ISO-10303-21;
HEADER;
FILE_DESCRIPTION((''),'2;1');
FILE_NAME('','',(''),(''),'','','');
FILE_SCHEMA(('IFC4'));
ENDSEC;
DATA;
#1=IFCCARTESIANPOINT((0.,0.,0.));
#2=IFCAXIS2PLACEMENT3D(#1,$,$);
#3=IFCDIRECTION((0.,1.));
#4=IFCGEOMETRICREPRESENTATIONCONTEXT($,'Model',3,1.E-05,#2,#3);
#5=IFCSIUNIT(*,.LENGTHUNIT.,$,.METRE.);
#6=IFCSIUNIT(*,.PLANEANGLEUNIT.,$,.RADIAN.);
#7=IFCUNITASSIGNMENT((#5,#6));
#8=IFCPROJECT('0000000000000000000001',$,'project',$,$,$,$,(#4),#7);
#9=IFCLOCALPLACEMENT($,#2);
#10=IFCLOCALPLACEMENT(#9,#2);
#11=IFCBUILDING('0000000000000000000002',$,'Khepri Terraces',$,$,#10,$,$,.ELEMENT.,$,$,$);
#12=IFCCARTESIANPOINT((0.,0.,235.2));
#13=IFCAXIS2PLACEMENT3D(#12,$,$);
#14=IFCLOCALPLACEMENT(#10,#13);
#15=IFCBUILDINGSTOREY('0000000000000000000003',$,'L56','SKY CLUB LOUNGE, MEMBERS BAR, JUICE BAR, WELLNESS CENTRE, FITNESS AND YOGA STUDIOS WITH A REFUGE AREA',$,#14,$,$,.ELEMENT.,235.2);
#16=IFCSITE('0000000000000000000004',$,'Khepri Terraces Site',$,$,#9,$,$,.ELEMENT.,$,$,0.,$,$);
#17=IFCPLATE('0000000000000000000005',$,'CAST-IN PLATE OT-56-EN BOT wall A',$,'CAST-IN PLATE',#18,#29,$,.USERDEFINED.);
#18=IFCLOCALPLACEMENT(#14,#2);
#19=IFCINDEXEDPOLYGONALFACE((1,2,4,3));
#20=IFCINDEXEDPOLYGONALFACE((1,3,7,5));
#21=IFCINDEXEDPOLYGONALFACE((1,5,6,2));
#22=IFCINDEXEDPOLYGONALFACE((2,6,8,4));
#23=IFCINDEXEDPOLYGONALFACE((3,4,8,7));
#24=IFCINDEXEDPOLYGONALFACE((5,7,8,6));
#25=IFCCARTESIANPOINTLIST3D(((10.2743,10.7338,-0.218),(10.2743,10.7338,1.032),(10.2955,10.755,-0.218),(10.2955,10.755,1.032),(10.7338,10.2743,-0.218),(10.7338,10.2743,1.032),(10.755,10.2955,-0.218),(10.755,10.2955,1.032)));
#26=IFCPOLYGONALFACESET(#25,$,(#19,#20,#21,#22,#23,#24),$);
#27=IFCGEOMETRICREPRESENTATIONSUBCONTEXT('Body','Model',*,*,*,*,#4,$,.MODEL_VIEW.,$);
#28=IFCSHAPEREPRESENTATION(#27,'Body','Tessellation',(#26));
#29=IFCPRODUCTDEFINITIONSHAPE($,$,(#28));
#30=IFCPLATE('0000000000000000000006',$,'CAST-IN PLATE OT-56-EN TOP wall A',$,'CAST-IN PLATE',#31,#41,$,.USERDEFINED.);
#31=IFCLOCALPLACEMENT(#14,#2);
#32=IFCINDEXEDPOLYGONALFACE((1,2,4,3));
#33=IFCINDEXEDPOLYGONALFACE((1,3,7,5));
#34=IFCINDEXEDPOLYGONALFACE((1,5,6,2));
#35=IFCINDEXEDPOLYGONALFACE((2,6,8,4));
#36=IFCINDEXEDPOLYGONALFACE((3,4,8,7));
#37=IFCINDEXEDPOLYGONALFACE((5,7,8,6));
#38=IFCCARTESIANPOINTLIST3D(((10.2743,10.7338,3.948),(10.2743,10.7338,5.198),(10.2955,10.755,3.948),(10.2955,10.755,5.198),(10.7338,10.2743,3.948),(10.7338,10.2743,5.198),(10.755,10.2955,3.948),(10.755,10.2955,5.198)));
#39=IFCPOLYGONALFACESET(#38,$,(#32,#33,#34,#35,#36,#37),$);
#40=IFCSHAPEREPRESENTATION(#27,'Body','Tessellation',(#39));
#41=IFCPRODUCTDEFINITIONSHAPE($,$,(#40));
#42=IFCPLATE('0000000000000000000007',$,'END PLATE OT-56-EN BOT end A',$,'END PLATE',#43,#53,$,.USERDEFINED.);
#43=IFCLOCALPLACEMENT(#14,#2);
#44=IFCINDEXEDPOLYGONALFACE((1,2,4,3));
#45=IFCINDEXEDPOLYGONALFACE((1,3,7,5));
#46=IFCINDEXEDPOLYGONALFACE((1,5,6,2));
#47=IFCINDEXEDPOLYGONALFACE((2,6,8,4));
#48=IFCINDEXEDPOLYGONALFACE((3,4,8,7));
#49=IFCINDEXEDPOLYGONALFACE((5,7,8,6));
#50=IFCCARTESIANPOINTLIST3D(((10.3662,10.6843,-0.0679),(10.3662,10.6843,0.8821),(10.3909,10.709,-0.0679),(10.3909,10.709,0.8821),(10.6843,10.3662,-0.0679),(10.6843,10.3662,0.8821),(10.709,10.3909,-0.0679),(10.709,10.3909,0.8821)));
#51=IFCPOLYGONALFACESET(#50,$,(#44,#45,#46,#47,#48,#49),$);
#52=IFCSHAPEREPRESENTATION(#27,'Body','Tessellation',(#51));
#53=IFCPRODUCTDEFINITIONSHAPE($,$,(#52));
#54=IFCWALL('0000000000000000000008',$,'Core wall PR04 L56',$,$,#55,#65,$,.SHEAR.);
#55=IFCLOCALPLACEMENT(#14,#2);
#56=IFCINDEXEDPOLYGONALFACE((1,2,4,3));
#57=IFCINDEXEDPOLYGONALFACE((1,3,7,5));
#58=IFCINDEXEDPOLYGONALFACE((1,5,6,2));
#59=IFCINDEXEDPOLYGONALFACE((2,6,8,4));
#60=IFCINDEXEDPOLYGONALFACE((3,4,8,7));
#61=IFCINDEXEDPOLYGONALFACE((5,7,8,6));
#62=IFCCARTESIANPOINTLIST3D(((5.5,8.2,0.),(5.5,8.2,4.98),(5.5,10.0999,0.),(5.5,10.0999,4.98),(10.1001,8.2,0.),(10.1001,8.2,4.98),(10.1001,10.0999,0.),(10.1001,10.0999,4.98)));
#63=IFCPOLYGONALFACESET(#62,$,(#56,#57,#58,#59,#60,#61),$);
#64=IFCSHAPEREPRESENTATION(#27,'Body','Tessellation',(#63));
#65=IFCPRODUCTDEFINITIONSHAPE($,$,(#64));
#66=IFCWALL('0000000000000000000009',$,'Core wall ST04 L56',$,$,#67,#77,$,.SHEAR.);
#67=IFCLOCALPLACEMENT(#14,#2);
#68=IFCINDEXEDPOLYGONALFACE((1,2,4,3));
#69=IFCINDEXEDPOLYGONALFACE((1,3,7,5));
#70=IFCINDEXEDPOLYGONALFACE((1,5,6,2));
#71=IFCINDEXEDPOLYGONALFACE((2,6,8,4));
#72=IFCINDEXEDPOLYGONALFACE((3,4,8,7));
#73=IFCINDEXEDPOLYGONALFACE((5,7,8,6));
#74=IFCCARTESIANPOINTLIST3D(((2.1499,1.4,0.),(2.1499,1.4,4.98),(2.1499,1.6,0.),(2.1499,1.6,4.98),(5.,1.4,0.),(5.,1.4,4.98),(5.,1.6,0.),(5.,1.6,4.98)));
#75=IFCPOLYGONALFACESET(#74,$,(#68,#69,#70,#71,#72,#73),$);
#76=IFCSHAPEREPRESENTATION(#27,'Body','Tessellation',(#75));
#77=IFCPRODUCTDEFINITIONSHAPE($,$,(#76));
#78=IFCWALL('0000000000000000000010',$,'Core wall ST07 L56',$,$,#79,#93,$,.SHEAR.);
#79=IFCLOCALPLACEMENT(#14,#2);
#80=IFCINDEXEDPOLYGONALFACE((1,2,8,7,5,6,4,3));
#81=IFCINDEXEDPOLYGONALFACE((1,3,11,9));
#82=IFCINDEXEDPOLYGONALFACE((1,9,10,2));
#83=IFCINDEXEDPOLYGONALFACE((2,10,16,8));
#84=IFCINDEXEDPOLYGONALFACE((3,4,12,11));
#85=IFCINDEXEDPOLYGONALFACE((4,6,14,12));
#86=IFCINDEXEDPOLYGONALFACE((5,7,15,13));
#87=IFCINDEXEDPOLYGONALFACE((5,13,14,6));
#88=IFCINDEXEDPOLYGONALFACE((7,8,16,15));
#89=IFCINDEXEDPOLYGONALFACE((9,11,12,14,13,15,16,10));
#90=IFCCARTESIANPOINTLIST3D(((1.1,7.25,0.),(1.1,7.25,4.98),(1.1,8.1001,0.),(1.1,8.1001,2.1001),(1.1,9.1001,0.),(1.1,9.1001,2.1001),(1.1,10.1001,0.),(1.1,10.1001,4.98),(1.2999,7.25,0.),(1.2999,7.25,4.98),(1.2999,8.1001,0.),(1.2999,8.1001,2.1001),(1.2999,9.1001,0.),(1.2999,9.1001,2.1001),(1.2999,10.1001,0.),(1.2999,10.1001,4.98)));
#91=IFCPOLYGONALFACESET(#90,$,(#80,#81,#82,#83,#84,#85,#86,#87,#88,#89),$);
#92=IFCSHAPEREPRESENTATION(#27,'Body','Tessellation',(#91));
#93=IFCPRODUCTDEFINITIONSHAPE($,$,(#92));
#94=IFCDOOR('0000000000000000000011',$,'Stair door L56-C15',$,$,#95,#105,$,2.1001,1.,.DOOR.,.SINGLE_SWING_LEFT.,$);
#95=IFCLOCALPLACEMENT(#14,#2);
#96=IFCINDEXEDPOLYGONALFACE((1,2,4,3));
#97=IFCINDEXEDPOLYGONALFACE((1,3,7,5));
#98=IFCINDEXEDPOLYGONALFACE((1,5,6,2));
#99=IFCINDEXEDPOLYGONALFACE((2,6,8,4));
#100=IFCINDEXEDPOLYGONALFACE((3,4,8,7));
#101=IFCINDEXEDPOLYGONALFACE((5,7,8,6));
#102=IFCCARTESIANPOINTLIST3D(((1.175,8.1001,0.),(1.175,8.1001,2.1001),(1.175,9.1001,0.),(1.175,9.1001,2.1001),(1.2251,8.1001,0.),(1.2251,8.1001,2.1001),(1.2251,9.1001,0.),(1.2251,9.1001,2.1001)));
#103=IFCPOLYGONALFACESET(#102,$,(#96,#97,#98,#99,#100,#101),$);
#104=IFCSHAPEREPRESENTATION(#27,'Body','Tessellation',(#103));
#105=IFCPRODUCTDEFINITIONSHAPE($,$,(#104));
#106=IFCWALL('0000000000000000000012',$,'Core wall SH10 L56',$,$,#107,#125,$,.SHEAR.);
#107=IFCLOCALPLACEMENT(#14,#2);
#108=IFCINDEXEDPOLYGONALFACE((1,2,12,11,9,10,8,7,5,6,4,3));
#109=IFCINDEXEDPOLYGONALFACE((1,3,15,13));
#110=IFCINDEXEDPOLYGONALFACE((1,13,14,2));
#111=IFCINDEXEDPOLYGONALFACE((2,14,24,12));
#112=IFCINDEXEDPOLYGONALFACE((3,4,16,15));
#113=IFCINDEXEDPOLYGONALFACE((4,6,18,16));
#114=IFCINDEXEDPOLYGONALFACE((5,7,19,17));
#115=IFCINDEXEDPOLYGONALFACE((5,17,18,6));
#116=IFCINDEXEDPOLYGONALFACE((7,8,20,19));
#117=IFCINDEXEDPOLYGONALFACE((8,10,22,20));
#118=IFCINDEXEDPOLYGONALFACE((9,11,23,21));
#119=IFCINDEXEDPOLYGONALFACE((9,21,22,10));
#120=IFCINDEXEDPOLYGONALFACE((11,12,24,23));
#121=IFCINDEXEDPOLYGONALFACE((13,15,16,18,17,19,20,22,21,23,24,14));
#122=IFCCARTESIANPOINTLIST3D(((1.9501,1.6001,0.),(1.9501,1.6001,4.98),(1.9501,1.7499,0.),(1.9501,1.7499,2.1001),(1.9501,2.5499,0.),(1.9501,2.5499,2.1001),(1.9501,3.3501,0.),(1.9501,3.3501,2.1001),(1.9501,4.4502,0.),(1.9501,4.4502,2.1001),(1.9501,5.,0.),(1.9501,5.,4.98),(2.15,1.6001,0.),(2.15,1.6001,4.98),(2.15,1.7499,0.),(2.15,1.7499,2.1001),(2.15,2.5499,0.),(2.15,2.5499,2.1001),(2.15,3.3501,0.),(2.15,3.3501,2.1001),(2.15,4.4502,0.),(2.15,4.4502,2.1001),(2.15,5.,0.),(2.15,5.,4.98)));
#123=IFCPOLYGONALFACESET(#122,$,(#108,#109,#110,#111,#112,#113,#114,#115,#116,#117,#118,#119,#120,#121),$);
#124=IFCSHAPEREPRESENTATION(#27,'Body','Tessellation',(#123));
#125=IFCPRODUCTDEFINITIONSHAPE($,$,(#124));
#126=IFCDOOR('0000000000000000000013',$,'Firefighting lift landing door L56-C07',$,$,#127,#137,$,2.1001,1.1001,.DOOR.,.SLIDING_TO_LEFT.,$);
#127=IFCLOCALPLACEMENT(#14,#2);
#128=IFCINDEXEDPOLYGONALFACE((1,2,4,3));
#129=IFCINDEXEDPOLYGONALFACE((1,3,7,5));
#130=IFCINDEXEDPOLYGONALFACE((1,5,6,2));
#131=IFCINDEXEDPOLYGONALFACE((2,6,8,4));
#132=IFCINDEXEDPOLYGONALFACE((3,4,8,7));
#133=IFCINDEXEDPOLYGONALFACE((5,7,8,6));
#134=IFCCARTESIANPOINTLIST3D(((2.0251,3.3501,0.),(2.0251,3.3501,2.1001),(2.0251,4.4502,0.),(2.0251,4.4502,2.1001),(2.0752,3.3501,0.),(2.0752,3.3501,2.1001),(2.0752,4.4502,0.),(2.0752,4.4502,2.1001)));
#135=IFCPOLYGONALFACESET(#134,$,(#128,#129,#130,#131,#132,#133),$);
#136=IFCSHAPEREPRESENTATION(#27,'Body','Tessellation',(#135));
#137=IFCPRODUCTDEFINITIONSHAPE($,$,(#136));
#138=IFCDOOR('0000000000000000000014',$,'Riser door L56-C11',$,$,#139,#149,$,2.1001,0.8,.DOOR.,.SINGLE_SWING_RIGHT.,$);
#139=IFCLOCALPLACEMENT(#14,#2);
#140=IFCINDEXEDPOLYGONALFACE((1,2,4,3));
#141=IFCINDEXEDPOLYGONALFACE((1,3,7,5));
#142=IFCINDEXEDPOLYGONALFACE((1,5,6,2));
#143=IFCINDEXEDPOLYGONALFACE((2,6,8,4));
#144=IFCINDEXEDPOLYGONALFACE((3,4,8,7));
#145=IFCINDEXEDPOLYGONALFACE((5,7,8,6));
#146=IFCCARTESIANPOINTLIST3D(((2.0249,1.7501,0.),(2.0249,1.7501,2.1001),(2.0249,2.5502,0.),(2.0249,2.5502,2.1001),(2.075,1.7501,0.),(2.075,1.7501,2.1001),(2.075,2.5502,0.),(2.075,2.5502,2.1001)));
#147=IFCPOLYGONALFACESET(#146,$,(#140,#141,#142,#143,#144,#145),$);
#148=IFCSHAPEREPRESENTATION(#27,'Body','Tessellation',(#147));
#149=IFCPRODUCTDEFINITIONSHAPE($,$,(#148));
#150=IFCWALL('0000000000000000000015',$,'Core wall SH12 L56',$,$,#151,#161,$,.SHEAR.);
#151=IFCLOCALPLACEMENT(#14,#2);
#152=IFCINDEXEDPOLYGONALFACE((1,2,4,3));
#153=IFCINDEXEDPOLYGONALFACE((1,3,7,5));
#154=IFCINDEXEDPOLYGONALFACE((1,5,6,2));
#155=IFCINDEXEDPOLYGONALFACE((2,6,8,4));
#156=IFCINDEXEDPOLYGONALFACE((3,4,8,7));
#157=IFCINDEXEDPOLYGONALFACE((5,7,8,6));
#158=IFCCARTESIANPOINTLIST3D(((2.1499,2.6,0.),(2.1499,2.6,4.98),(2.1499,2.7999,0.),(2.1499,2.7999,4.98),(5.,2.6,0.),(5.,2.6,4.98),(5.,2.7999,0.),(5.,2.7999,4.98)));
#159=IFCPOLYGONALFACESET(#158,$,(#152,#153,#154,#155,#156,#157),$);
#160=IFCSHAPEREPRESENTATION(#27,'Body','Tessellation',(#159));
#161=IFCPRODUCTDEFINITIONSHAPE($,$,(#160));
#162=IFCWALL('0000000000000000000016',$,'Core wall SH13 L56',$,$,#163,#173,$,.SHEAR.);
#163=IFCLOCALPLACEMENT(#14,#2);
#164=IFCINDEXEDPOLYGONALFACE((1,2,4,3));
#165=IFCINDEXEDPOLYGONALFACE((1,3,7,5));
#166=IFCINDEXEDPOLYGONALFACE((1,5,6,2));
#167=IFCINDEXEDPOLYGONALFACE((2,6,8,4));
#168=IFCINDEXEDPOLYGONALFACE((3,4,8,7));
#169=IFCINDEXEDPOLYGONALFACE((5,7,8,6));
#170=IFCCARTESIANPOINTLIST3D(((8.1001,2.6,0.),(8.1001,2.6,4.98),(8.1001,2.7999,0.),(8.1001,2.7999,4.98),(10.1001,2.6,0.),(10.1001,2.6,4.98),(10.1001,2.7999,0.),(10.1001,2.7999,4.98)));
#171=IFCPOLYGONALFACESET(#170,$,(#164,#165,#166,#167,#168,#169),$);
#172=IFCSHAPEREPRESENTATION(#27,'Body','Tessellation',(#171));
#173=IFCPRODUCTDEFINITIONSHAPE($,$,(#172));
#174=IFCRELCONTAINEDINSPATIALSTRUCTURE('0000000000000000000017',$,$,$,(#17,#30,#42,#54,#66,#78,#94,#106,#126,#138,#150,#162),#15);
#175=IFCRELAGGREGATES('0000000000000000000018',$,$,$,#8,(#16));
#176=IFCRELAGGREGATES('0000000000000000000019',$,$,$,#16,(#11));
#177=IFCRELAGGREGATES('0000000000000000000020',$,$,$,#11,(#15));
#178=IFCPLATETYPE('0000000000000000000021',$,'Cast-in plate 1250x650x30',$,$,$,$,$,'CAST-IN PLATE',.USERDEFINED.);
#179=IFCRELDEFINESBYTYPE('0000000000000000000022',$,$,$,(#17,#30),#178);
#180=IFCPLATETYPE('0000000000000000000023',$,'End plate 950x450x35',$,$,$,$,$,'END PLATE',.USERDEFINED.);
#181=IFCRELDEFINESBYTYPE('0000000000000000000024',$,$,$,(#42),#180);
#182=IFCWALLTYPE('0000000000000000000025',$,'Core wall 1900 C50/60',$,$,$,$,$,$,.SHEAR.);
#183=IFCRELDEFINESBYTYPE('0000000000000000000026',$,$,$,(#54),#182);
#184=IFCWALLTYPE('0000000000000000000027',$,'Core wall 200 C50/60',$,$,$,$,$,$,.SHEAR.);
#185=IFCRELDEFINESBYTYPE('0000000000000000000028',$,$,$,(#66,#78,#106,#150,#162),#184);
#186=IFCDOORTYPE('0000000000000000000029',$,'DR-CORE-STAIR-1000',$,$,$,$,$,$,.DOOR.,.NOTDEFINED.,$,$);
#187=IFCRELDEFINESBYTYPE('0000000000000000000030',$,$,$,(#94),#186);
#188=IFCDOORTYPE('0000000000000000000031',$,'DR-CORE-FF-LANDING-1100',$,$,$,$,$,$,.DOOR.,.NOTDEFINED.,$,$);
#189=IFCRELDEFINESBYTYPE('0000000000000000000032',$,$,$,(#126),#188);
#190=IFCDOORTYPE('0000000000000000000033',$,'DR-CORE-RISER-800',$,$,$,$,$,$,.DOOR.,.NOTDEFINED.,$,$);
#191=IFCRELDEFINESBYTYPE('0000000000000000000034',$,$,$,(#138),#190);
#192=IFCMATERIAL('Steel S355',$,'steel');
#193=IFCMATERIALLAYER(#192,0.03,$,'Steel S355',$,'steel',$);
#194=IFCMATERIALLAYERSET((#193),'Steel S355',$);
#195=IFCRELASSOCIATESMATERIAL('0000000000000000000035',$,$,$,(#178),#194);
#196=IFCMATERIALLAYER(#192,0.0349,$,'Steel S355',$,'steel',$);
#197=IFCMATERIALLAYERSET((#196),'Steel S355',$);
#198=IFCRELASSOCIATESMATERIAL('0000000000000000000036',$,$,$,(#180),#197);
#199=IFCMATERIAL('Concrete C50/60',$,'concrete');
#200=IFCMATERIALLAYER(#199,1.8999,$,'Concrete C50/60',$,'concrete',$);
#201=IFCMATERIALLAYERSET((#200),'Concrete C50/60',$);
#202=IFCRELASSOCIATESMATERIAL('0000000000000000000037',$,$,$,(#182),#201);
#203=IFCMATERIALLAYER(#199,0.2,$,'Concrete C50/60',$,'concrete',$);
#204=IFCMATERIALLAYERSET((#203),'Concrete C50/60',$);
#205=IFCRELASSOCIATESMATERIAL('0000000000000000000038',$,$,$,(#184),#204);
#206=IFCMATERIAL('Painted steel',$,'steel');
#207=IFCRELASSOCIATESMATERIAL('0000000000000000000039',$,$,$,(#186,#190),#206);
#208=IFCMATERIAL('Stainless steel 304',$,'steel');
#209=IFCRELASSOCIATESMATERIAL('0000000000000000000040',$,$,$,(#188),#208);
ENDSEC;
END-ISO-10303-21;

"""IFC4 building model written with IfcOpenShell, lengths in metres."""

from ifc_helpers import new_model, si_unit, direction, frame, frame_2d, origin, origin_2d, place, context, subcontext, project, spatial, rectangle, extrude, material, layer, layer_set, type_object, element, fill, save


model = new_model("IFC4")

# Units and contexts
model_context = context("Model", 3, precision=1e-05, world=origin(), true_north=direction((0.0, 1.0)))
body_context = subcontext(model_context, "Body", "Model", "MODEL_VIEW")
ifc_project = project(units=[si_unit("LENGTHUNIT", "METRE"), si_unit("PLANEANGLEUNIT", "RADIAN")], contexts=[model_context])

# Site, building, storey
site_placement = place(None, origin())
site = spatial("IfcSite", under=ifc_project, at=site_placement, Name="Khepri Terraces Site", CompositionType="ELEMENT", RefElevation=0.0)
building_placement = place(site_placement, origin())
building = spatial("IfcBuilding", under=site, at=building_placement, Name="Khepri Terraces", CompositionType="ELEMENT")
storey_placement = place(building_placement, frame((0.0, 0.0, 235.2)))
storey = spatial("IfcBuildingStorey", under=building, at=storey_placement, Name="L56", Description="SKY CLUB LOUNGE, MEMBERS BAR, JUICE BAR, WELLNESS CENTRE, FITNESS AND YOGA STUDIOS WITH A REFUGE AREA", CompositionType="ELEMENT", Elevation=235.2)

# Plates
ifc_material_1 = material(Name="Steel S355", Category="steel")
ifc_layer_1 = layer(ifc_material_1, 0.03, Name="Steel S355", Category="steel")
ifc_layer_set_1 = layer_set([ifc_layer_1], Name="Steel S355")
plate_type_1 = type_object("IfcPlateType", Name="Cast-in plate 1250x650x30", ElementType="CAST-IN PLATE", PredefinedType="USERDEFINED", material=ifc_layer_set_1)
for number, where, z_axis, x_axis, name in (
    (1, (10.5146, 10.5146, -0.218), (0.0, 0.0, 1.0), (0.707107, 0.707107, 0.0), "CAST-IN PLATE OT-56-EN BOT wall A"),
    (2, (10.5146, 10.5146, 3.948), (0.0, 0.0, 1.0), (0.707107, 0.707107, 0.0), "CAST-IN PLATE OT-56-EN TOP wall A"),
):
    element("IfcPlate", number, at=place(storey_placement, frame(where, z_axis=z_axis, x_axis=x_axis)), inside=storey, type_object=plate_type_1, Name=name, ObjectType="CAST-IN PLATE", PredefinedType="USERDEFINED", context=body_context, shape_type="SweptSolid", body=[
        extrude(rectangle(XDim=0.03, YDim=0.6499, at=origin_2d()), origin(), (0.0, 0.0, 1.0), 1.25),
    ])
ifc_layer_2 = layer(ifc_material_1, 0.0349, Name="Steel S355", Category="steel")
ifc_layer_set_2 = layer_set([ifc_layer_2], Name="Steel S355")
plate_type_2 = type_object("IfcPlateType", Name="End plate 950x450x35", ElementType="END PLATE", PredefinedType="USERDEFINED", material=ifc_layer_set_2)
plate_placement = place(storey_placement, frame((10.5376, 10.5376, -0.0679), z_axis=(0.0, 0.0, 1.0), x_axis=(0.707107, 0.707107, 0.0)))
element("IfcPlate", 3, at=plate_placement, inside=storey, type_object=plate_type_2, Name="END PLATE OT-56-EN BOT end A", ObjectType="END PLATE", PredefinedType="USERDEFINED", context=body_context, shape_type="SweptSolid", body=[
    extrude(rectangle(XDim=0.0349, YDim=0.45, at=origin_2d()), origin(), (0.0, 0.0, 1.0), 0.95),
])

# Walls
ifc_material_2 = material(Name="Concrete C50/60", Category="concrete")
ifc_layer_3 = layer(ifc_material_2, 1.8999, Name="Concrete C50/60", Category="concrete")
ifc_layer_set_3 = layer_set([ifc_layer_3], Name="Concrete C50/60")
wall_type_1 = type_object("IfcWallType", Name="Core wall 1900 C50/60", PredefinedType="SHEAR", material=ifc_layer_set_3)
wall_1_placement = place(storey_placement, frame((5.5, 9.1499, 0.0), z_axis=(0.0, 0.0, 1.0), x_axis=(1.0, 0.0, 0.0)))
element("IfcWall", 4, at=wall_1_placement, inside=storey, type_object=wall_type_1, Name="Core wall PR04 L56", PredefinedType="SHEAR", context=body_context, shape_type="SweptSolid", body=[
    extrude(rectangle(XDim=4.6001, YDim=1.8999, at=frame_2d((2.3, 0.0))), origin(), (0.0, 0.0, 1.0), 4.98),
])
ifc_layer_4 = layer(ifc_material_2, 0.2, Name="Concrete C50/60", Category="concrete")
ifc_layer_set_4 = layer_set([ifc_layer_4], Name="Concrete C50/60")
wall_type_2 = type_object("IfcWallType", Name="Core wall 200 C50/60", PredefinedType="SHEAR", material=ifc_layer_set_4)
wall_2_placement = place(storey_placement, frame((2.1499, 1.5, 0.0), z_axis=(0.0, 0.0, 1.0), x_axis=(1.0, 0.0, 0.0)))
element("IfcWall", 5, at=wall_2_placement, inside=storey, type_object=wall_type_2, Name="Core wall ST04 L56", PredefinedType="SHEAR", context=body_context, shape_type="SweptSolid", body=[
    extrude(rectangle(XDim=2.8501, YDim=0.2, at=frame_2d((1.425, 0.0))), origin(), (0.0, 0.0, 1.0), 4.98),
])

# Wall, opening, door
wall_3_placement = place(storey_placement, frame((1.2, 7.25, 0.0), z_axis=(0.0, 0.0, 1.0), x_axis=(0.0, 1.0, 0.0)))
wall_3 = element("IfcWall", 6, at=wall_3_placement, inside=storey, type_object=wall_type_2, Name="Core wall ST07 L56", PredefinedType="SHEAR", context=body_context, shape_type="SweptSolid", body=[
    extrude(rectangle(XDim=2.8501, YDim=0.2, at=frame_2d((1.425, 0.0))), origin(), (0.0, 0.0, 1.0), 4.98),
])
opening_1_placement = place(wall_3_placement, frame((0.8501, 0.0, 0.0)))
opening_1 = element("IfcOpeningElement", 7, at=opening_1_placement, cuts=wall_3, PredefinedType="OPENING", context=body_context, shape_type="SweptSolid", body=[
    extrude(rectangle(XDim=1.0, YDim=2.1001, at=frame_2d((0.5, 1.05))), frame((0.0, 0.1099, 0.0), z_axis=(0.0, -1.0, 0.0), x_axis=(1.0, 0.0, 0.0)), (0.0, 0.0, 1.0), 0.22),
])
ifc_material_3 = material(Name="Painted steel", Category="steel")
door_type_1 = type_object("IfcDoorType", Name="DR-CORE-STAIR-1000", OperationType="NOTDEFINED", PredefinedType="DOOR", material=ifc_material_3)
door_1_placement = place(opening_1_placement, origin())
door_1 = element("IfcDoor", 8, at=door_1_placement, inside=storey, type_object=door_type_1, Name="Stair door L56-C15", OperationType="SINGLE_SWING_LEFT", OverallHeight=2.1001, OverallWidth=1.0, PredefinedType="DOOR", context=body_context, shape_type="SweptSolid", body=[
    extrude(rectangle(XDim=1.0, YDim=2.1001, at=frame_2d((0.5, 1.05))), frame((0.0, 0.0249, 0.0), z_axis=(0.0, -1.0, 0.0), x_axis=(1.0, 0.0, 0.0)), (0.0, 0.0, 1.0), 0.05),
])
fill(opening_1, door_1)

# Wall, openings, doors
wall_4_placement = place(storey_placement, frame((2.05, 1.6001, 0.0), z_axis=(0.0, 0.0, 1.0), x_axis=(0.0, 1.0, 0.0)))
wall_4 = element("IfcWall", 9, at=wall_4_placement, inside=storey, type_object=wall_type_2, Name="Core wall SH10 L56", PredefinedType="SHEAR", context=body_context, shape_type="SweptSolid", body=[
    extrude(rectangle(XDim=3.3999, YDim=0.2, at=frame_2d((1.7, 0.0))), origin(), (0.0, 0.0, 1.0), 4.98),
])
opening_2_placement = place(wall_4_placement, frame((1.75, 0.0, 0.0)))
opening_2 = element("IfcOpeningElement", 10, at=opening_2_placement, cuts=wall_4, PredefinedType="OPENING", context=body_context, shape_type="SweptSolid", body=[
    extrude(rectangle(XDim=1.1001, YDim=2.1001, at=frame_2d((0.55, 1.05))), frame((0.0, 0.1099, 0.0), z_axis=(0.0, -1.0, 0.0), x_axis=(1.0, 0.0, 0.0)), (0.0, 0.0, 1.0), 0.22),
])
opening_3_placement = place(wall_4_placement, frame((0.1499, 0.0, 0.0)))
opening_3 = element("IfcOpeningElement", 11, at=opening_3_placement, cuts=wall_4, PredefinedType="OPENING", context=body_context, shape_type="SweptSolid", body=[
    extrude(rectangle(XDim=0.8, YDim=2.1001, at=frame_2d((0.3999, 1.05))), frame((0.0, 0.1099, 0.0), z_axis=(0.0, -1.0, 0.0), x_axis=(1.0, 0.0, 0.0)), (0.0, 0.0, 1.0), 0.22),
])
ifc_material_4 = material(Name="Stainless steel 304", Category="steel")
door_type_2 = type_object("IfcDoorType", Name="DR-CORE-FF-LANDING-1100", OperationType="NOTDEFINED", PredefinedType="DOOR", material=ifc_material_4)
door_2_placement = place(opening_2_placement, origin())
door_2 = element("IfcDoor", 12, at=door_2_placement, inside=storey, type_object=door_type_2, Name="Firefighting lift landing door L56-C07", OperationType="SLIDING_TO_LEFT", OverallHeight=2.1001, OverallWidth=1.1001, PredefinedType="DOOR", context=body_context, shape_type="SweptSolid", body=[
    extrude(rectangle(XDim=1.1001, YDim=2.1001, at=frame_2d((0.55, 1.05))), frame((0.0, 0.0249, 0.0), z_axis=(0.0, -1.0, 0.0), x_axis=(1.0, 0.0, 0.0)), (0.0, 0.0, 1.0), 0.05),
])
fill(opening_2, door_2)
door_type_3 = type_object("IfcDoorType", Name="DR-CORE-RISER-800", OperationType="NOTDEFINED", PredefinedType="DOOR", material=ifc_material_3)
door_3_placement = place(opening_3_placement, frame((0.8, 0.0, 0.0), z_axis=(0.0, 0.0, 1.0), x_axis=(-1.0, 0.0, 0.0)))
door_3 = element("IfcDoor", 13, at=door_3_placement, inside=storey, type_object=door_type_3, Name="Riser door L56-C11", OperationType="SINGLE_SWING_RIGHT", OverallHeight=2.1001, OverallWidth=0.8, PredefinedType="DOOR", context=body_context, shape_type="SweptSolid", body=[
    extrude(rectangle(XDim=0.8, YDim=2.1001, at=frame_2d((0.3999, 1.05))), frame((0.0, 0.0249, 0.0), z_axis=(0.0, -1.0, 0.0), x_axis=(1.0, 0.0, 0.0)), (0.0, 0.0, 1.0), 0.05),
])
fill(opening_3, door_3)

# Walls
wall_5_placement = place(storey_placement, frame((2.1499, 2.7, 0.0), z_axis=(0.0, 0.0, 1.0), x_axis=(1.0, 0.0, 0.0)))
element("IfcWall", 14, at=wall_5_placement, inside=storey, type_object=wall_type_2, Name="Core wall SH12 L56", PredefinedType="SHEAR", context=body_context, shape_type="SweptSolid", body=[
    extrude(rectangle(XDim=2.8501, YDim=0.2, at=frame_2d((1.425, 0.0))), origin(), (0.0, 0.0, 1.0), 4.98),
])
for number, where, z_axis, x_axis, name in (
    (15, (8.1001, 2.7, 0.0), (0.0, 0.0, 1.0), (1.0, 0.0, 0.0), "Core wall SH13 L56"),
):
    element("IfcWall", number, at=place(storey_placement, frame(where, z_axis=z_axis, x_axis=x_axis)), inside=storey, type_object=wall_type_2, Name=name, PredefinedType="SHEAR", context=body_context, shape_type="SweptSolid", body=[
        extrude(rectangle(XDim=2.0, YDim=0.2, at=frame_2d((1.0, 0.0))), origin(), (0.0, 0.0, 1.0), 4.98),
    ])

save(model, "model.ifc")
